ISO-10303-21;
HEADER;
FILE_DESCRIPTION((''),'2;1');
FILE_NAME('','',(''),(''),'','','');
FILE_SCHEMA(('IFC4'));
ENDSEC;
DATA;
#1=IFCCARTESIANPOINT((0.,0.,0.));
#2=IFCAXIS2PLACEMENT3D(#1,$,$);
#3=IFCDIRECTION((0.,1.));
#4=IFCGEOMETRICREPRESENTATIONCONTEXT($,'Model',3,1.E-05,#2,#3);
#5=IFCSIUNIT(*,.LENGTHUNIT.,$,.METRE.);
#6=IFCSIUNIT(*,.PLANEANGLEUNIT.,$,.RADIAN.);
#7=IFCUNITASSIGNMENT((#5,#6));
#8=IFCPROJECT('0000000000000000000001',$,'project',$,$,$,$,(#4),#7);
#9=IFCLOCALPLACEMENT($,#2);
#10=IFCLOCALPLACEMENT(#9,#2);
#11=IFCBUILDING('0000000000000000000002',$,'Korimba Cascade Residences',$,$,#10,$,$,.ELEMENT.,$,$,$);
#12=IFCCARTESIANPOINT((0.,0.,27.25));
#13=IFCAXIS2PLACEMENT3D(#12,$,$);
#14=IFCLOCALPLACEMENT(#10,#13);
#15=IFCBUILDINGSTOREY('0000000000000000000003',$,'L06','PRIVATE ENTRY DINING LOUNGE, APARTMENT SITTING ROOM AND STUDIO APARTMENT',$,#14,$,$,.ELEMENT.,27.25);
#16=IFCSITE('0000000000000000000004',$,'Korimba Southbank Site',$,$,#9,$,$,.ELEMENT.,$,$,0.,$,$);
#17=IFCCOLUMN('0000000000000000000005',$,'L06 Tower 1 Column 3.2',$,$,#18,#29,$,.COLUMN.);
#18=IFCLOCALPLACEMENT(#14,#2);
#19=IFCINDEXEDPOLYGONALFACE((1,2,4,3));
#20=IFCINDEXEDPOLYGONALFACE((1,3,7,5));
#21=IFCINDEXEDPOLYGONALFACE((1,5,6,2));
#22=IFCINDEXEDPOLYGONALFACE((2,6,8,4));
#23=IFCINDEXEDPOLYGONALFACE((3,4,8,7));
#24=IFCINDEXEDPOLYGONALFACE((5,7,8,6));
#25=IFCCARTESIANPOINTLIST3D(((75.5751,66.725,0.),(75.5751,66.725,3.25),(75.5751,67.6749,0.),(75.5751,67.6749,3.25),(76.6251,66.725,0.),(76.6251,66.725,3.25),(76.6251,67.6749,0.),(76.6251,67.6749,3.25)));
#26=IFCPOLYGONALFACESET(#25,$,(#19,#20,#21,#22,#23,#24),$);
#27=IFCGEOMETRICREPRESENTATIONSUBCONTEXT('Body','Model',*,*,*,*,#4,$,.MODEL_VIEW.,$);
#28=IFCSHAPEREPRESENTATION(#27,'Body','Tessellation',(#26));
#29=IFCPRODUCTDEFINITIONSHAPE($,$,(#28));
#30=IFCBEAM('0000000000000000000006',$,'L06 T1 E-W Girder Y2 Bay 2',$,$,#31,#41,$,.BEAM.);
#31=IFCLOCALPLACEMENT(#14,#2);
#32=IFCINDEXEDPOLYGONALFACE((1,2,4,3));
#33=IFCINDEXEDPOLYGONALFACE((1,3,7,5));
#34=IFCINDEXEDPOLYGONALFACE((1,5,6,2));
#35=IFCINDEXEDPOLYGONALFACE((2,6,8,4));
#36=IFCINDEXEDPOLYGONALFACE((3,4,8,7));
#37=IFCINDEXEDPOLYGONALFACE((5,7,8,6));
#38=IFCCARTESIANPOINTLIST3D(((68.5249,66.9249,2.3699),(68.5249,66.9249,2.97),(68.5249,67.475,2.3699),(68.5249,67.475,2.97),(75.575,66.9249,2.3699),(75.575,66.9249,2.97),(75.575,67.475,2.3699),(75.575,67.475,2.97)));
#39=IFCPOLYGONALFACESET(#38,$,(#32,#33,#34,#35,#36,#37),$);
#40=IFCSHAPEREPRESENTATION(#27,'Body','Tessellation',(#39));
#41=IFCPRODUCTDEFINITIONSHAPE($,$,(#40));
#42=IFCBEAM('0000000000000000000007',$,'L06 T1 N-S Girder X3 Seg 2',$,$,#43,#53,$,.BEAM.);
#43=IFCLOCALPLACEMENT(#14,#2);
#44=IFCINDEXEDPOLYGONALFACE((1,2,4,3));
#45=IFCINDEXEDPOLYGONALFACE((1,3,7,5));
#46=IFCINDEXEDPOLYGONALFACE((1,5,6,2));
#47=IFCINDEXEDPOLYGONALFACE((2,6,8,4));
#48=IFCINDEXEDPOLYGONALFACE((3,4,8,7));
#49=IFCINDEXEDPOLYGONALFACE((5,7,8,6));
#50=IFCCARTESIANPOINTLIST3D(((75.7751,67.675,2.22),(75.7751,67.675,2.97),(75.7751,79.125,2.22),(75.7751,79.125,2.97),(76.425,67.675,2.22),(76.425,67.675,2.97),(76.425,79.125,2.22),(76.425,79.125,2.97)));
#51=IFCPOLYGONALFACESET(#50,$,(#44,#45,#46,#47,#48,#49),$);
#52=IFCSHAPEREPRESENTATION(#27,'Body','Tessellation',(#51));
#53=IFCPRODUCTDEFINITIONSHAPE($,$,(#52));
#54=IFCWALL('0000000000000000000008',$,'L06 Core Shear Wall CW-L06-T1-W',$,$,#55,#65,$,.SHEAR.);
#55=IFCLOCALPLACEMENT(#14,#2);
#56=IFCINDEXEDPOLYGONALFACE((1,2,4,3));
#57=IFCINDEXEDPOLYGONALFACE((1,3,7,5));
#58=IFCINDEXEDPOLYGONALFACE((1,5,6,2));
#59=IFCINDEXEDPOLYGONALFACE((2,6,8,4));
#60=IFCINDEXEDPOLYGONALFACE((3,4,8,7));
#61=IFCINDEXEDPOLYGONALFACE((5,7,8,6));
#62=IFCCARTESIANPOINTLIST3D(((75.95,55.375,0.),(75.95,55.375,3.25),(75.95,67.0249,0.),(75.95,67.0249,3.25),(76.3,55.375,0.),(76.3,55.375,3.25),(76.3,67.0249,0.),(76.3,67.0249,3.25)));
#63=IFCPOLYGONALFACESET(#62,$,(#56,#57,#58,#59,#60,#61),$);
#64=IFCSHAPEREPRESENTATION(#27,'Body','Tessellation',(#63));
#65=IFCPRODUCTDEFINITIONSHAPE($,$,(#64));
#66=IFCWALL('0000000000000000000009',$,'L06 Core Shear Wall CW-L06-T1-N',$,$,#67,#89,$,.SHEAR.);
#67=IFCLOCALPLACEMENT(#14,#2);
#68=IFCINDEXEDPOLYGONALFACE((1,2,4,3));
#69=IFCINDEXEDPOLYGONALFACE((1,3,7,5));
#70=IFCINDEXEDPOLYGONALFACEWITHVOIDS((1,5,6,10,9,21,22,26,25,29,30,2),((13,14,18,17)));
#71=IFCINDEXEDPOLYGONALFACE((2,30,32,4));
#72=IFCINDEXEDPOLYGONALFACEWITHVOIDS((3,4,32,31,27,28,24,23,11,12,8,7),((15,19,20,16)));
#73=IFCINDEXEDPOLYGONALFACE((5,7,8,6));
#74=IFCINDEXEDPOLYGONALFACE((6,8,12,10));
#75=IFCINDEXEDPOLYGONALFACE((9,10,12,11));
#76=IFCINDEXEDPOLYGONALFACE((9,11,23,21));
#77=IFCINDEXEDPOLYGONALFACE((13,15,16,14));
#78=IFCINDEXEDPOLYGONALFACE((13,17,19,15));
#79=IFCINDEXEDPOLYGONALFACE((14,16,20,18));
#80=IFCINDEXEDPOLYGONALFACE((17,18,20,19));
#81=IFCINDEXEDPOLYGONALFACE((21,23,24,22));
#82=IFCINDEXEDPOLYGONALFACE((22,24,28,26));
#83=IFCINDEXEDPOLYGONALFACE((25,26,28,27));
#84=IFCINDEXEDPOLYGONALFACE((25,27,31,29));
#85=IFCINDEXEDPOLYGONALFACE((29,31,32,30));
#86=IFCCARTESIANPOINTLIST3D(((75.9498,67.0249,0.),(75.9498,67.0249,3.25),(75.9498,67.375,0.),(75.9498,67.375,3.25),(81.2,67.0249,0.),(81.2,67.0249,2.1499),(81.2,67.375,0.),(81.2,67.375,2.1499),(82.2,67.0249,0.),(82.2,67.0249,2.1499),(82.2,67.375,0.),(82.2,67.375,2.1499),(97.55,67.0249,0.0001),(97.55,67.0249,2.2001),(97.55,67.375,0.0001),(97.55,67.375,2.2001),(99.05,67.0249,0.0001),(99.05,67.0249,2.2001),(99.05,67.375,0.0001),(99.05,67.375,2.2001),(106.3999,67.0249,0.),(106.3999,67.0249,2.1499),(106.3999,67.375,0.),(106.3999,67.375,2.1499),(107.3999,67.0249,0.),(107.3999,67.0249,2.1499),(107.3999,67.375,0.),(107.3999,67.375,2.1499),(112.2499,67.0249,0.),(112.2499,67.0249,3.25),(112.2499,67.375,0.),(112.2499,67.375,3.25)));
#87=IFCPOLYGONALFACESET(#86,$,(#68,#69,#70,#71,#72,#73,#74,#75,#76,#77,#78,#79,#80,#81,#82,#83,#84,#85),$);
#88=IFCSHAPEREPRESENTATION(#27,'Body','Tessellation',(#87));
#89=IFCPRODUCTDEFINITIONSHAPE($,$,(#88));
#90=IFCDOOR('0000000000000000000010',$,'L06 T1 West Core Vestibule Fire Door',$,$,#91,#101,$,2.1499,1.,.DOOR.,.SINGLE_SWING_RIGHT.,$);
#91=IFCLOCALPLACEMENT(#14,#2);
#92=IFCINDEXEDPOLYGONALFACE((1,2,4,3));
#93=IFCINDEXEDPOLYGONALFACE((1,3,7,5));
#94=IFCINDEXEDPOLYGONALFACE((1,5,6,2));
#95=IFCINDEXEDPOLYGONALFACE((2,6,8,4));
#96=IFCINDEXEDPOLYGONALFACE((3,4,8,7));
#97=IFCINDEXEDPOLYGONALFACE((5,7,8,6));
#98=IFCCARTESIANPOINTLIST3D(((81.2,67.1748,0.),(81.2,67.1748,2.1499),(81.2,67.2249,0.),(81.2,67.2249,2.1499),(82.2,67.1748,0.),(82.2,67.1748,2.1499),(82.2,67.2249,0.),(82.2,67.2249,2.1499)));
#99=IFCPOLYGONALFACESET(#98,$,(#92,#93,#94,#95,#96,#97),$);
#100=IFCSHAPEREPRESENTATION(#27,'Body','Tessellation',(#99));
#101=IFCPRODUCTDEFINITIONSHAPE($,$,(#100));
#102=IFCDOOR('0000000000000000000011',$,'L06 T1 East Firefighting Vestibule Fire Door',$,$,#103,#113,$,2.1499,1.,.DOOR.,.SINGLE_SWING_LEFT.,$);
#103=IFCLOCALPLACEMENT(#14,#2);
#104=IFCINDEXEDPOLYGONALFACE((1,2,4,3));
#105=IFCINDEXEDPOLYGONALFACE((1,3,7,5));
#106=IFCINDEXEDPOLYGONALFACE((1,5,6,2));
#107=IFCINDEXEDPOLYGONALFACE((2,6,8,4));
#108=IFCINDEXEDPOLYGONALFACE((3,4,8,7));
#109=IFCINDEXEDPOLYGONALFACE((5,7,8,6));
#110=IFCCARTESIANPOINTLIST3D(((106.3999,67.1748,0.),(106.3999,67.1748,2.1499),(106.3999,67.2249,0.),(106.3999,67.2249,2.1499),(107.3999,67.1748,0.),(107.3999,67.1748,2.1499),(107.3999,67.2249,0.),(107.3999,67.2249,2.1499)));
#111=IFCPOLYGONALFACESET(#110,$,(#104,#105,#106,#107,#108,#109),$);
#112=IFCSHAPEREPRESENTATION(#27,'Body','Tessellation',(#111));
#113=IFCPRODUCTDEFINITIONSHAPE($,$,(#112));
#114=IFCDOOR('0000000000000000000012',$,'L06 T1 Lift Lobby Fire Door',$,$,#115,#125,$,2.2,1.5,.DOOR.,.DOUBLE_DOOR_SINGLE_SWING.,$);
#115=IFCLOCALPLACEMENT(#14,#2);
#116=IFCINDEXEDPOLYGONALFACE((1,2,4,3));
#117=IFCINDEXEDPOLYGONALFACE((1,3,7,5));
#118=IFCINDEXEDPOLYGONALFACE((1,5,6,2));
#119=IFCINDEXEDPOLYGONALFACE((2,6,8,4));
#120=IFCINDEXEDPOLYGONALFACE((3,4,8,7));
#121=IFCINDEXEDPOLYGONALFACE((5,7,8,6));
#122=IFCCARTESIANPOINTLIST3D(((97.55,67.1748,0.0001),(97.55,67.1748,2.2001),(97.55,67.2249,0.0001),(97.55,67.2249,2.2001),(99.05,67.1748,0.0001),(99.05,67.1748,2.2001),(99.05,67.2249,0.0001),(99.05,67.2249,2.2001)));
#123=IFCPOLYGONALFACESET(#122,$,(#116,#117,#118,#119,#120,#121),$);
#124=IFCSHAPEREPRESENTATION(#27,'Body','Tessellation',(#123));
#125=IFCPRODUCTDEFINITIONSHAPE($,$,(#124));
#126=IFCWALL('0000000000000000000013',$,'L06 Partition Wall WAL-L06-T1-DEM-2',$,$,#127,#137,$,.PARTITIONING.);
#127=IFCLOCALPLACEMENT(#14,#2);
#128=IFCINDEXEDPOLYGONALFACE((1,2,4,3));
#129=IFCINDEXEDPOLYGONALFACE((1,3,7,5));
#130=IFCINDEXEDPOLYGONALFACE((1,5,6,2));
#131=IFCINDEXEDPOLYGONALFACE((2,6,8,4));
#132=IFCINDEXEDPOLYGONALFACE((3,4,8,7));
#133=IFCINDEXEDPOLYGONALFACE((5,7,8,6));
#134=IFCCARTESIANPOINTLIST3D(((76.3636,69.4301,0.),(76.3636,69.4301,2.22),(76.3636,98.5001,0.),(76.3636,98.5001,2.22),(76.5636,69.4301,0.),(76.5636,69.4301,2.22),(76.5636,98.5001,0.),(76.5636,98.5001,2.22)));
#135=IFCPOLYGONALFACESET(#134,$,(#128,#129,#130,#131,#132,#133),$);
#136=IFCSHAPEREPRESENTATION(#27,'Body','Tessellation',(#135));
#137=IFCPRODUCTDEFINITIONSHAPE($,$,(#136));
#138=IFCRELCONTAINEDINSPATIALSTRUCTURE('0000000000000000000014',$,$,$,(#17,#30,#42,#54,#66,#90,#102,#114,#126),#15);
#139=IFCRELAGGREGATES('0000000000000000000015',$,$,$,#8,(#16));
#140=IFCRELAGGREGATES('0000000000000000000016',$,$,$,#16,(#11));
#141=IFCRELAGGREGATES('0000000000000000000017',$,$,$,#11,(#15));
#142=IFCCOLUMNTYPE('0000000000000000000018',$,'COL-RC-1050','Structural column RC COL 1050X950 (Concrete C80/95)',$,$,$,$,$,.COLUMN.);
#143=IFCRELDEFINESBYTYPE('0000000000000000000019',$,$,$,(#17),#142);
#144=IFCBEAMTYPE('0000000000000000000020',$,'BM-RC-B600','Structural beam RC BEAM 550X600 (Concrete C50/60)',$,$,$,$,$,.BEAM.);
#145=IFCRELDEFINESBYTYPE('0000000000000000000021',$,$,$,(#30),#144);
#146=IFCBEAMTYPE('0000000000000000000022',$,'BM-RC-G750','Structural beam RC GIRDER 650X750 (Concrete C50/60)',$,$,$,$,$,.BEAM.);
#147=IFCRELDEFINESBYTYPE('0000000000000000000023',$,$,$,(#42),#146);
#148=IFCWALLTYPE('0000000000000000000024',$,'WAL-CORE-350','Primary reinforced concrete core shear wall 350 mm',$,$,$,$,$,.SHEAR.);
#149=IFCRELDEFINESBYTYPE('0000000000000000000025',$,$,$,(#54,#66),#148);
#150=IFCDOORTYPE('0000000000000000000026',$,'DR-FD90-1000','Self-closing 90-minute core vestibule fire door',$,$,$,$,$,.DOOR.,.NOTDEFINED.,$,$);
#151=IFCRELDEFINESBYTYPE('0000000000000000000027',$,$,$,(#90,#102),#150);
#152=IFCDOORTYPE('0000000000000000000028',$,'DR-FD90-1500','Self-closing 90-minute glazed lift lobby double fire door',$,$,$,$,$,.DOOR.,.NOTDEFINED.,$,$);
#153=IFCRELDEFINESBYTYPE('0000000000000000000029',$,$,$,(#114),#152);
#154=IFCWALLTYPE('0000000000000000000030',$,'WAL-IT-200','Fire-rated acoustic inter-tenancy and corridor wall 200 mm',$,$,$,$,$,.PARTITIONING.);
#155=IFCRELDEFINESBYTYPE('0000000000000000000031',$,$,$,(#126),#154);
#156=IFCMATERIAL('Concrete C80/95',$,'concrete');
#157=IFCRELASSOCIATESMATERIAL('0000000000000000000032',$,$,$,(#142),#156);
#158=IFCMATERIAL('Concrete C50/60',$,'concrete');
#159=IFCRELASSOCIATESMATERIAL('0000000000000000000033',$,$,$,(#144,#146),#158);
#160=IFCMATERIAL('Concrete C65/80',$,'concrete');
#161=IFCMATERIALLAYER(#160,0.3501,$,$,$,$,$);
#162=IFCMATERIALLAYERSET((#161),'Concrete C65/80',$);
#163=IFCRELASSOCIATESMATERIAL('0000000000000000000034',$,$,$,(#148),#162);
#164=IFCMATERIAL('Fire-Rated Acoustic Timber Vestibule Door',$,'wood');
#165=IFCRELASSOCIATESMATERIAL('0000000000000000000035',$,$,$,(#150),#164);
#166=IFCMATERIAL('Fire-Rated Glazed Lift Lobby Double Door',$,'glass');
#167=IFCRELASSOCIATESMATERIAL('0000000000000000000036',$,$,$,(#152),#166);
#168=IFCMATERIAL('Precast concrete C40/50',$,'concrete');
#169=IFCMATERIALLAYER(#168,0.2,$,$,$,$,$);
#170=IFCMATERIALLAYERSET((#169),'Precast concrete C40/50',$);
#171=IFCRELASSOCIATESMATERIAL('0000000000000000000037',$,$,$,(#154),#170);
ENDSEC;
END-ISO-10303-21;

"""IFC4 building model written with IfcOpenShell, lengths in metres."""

from ifc_helpers import new_model, si_unit, direction, frame, frame_2d, origin, origin_2d, place, context, subcontext, project, spatial, rectangle, extrude, material, layer, layer_set, material_profile, profile_set, type_object, element, fill, save


model = new_model("IFC4")

# Units and contexts
model_context = context("Model", 3, precision=1e-05, world=origin(), true_north=direction((0.0, 1.0)))
body_context = subcontext(model_context, "Body", "Model", "MODEL_VIEW")
ifc_project = project(units=[si_unit("LENGTHUNIT", "METRE"), si_unit("PLANEANGLEUNIT", "RADIAN")], contexts=[model_context])

# Site, building, storey
site_placement = place(None, origin())
site = spatial("IfcSite", under=ifc_project, at=site_placement, Name="Korimba Southbank Site", CompositionType="ELEMENT", RefElevation=0.0)
building_placement = place(site_placement, origin())
building = spatial("IfcBuilding", under=site, at=building_placement, Name="Korimba Cascade Residences", CompositionType="ELEMENT")
storey_placement = place(building_placement, frame((0.0, 0.0, 27.25)))
storey = spatial("IfcBuildingStorey", under=building, at=storey_placement, Name="L06", Description="PRIVATE ENTRY DINING LOUNGE, APARTMENT SITTING ROOM AND STUDIO APARTMENT", CompositionType="ELEMENT", Elevation=27.25)

# Column
ifc_material_1 = material(Name="Concrete C80/95", Category="concrete")
ifc_material_profile_1 = material_profile(ifc_material_1, rectangle(XDim=1.05, YDim=0.95, at=origin_2d()), Name="Concrete C80/95")
ifc_profile_set_1 = profile_set([ifc_material_profile_1], Name="Concrete C80/95")
column_type = type_object("IfcColumnType", Name="COL-RC-1050", Description="Structural column RC COL 1050X950 (Concrete C80/95)", PredefinedType="COLUMN", material=ifc_profile_set_1)
column_placement = place(storey_placement, frame((76.1001, 67.2, 0.0), z_axis=(0.0, 0.0, 1.0), x_axis=(1.0, 0.0, 0.0)))
element("IfcColumn", 1, at=column_placement, inside=storey, type_object=column_type, Name="L06 Tower 1 Column 3.2", PredefinedType="COLUMN", context=body_context, shape_type="SweptSolid", body=[
    extrude(rectangle(XDim=1.05, YDim=0.95, at=origin_2d()), origin(), (0.0, 0.0, 1.0), 3.25),
])

# Beams
ifc_material_2 = material(Name="Concrete C50/60", Category="concrete")
ifc_material_profile_2 = material_profile(ifc_material_2, rectangle(XDim=0.55, YDim=0.6001, at=origin_2d()), Name="Concrete C50/60")
ifc_profile_set_2 = profile_set([ifc_material_profile_2], Name="Concrete C50/60")
beam_type_1 = type_object("IfcBeamType", Name="BM-RC-B600", Description="Structural beam RC BEAM 550X600 (Concrete C50/60)", PredefinedType="BEAM", material=ifc_profile_set_2)
beam_1_placement = place(storey_placement, frame((68.5249, 67.2, 2.6699), z_axis=(1.0, 0.0, 0.0), x_axis=(0.0, 1.0, 0.0)))
element("IfcBeam", 2, at=beam_1_placement, inside=storey, type_object=beam_type_1, Name="L06 T1 E-W Girder Y2 Bay 2", PredefinedType="BEAM", context=body_context, shape_type="SweptSolid", body=[
    extrude(rectangle(XDim=0.55, YDim=0.6001, at=origin_2d()), origin(), (0.0, 0.0, 1.0), 7.05),
])
ifc_material_profile_3 = material_profile(ifc_material_2, rectangle(XDim=0.6499, YDim=0.75, at=origin_2d()), Name="Concrete C50/60")
ifc_profile_set_3 = profile_set([ifc_material_profile_3], Name="Concrete C50/60")
beam_type_2 = type_object("IfcBeamType", Name="BM-RC-G750", Description="Structural beam RC GIRDER 650X750 (Concrete C50/60)", PredefinedType="BEAM", material=ifc_profile_set_3)
beam_2_placement = place(storey_placement, frame((76.1001, 67.675, 2.595), z_axis=(0.0, 1.0, 0.0), x_axis=(-1.0, 0.0, 0.0)))
element("IfcBeam", 3, at=beam_2_placement, inside=storey, type_object=beam_type_2, Name="L06 T1 N-S Girder X3 Seg 2", PredefinedType="BEAM", context=body_context, shape_type="SweptSolid", body=[
    extrude(rectangle(XDim=0.6499, YDim=0.75, at=origin_2d()), origin(), (0.0, 0.0, 1.0), 11.45),
])

# Wall
ifc_material_3 = material(Name="Concrete C65/80", Category="concrete")
ifc_layer_1 = layer(ifc_material_3, 0.3501)
ifc_layer_set_1 = layer_set([ifc_layer_1], Name="Concrete C65/80")
wall_type_1 = type_object("IfcWallType", Name="WAL-CORE-350", Description="Primary reinforced concrete core shear wall 350 mm", PredefinedType="SHEAR", material=ifc_layer_set_1)
wall_1_placement = place(storey_placement, frame((76.125, 55.375, 0.0), z_axis=(0.0, 0.0, 1.0), x_axis=(0.0, 1.0, 0.0)))
element("IfcWall", 4, at=wall_1_placement, inside=storey, type_object=wall_type_1, Name="L06 Core Shear Wall CW-L06-T1-W", PredefinedType="SHEAR", context=body_context, shape_type="SweptSolid", body=[
    extrude(rectangle(XDim=11.6499, YDim=0.3501, at=frame_2d((5.825, 0.0))), origin(), (0.0, 0.0, 1.0), 3.25),
])

# Wall, openings, doors
wall_2_placement = place(storey_placement, frame((75.95, 67.2, 0.0), z_axis=(0.0, 0.0, 1.0), x_axis=(1.0, 0.0, 0.0)))
wall_2 = element("IfcWall", 5, at=wall_2_placement, inside=storey, type_object=wall_type_1, Name="L06 Core Shear Wall CW-L06-T1-N", PredefinedType="SHEAR", context=body_context, shape_type="SweptSolid", body=[
    extrude(rectangle(XDim=36.3, YDim=0.3501, at=frame_2d((18.1499, 0.0))), origin(), (0.0, 0.0, 1.0), 3.25),
])
opening_1_placement = place(wall_2_placement, frame((5.25, 0.0, 0.0)))
opening_1 = element("IfcOpeningElement", 6, at=opening_1_placement, cuts=wall_2, PredefinedType="OPENING", context=body_context, shape_type="SweptSolid", body=[
    extrude(rectangle(XDim=1.0, YDim=2.1499, at=frame_2d((0.5, 1.075))), frame((0.0, 0.1851, 0.0), z_axis=(0.0, -1.0, 0.0), x_axis=(1.0, 0.0, 0.0)), (0.0, 0.0, 1.0), 0.3701),
])
opening_2_placement = place(wall_2_placement, frame((21.6001, 0.0, 0.0)))
opening_2 = element("IfcOpeningElement", 7, at=opening_2_placement, cuts=wall_2, PredefinedType="OPENING", context=body_context, shape_type="SweptSolid", body=[
    extrude(rectangle(XDim=1.5, YDim=2.2, at=frame_2d((0.75, 1.1001))), frame((0.0, 0.1851, 0.0), z_axis=(0.0, -1.0, 0.0), x_axis=(1.0, 0.0, 0.0)), (0.0, 0.0, 1.0), 0.3701),
])
opening_3_placement = place(wall_2_placement, frame((30.45, 0.0, 0.0)))
opening_3 = element("IfcOpeningElement", 8, at=opening_3_placement, cuts=wall_2, PredefinedType="OPENING", context=body_context, shape_type="SweptSolid", body=[
    extrude(rectangle(XDim=1.0, YDim=2.1499, at=frame_2d((0.5, 1.075))), frame((0.0, 0.1851, 0.0), z_axis=(0.0, -1.0, 0.0), x_axis=(1.0, 0.0, 0.0)), (0.0, 0.0, 1.0), 0.3701),
])
ifc_material_4 = material(Name="Fire-Rated Acoustic Timber Vestibule Door", Category="wood")
door_type_1 = type_object("IfcDoorType", Name="DR-FD90-1000", Description="Self-closing 90-minute core vestibule fire door", OperationType="NOTDEFINED", PredefinedType="DOOR", material=ifc_material_4)
door_1_placement = place(opening_1_placement, origin())
door_1 = element("IfcDoor", 9, at=door_1_placement, inside=storey, type_object=door_type_1, Name="L06 T1 West Core Vestibule Fire Door", OperationType="SINGLE_SWING_RIGHT", OverallHeight=2.1499, OverallWidth=1.0, PredefinedType="DOOR", context=body_context, shape_type="SweptSolid", body=[
    extrude(rectangle(XDim=1.0, YDim=2.1499, at=frame_2d((0.5, 1.075))), frame((0.0, 0.0249, 0.0), z_axis=(0.0, -1.0, 0.0), x_axis=(1.0, 0.0, 0.0)), (0.0, 0.0, 1.0), 0.05),
])
fill(opening_1, door_1)
door_2_placement = place(opening_3_placement, origin())
door_2 = element("IfcDoor", 10, at=door_2_placement, inside=storey, type_object=door_type_1, Name="L06 T1 East Firefighting Vestibule Fire Door", OperationType="SINGLE_SWING_LEFT", OverallHeight=2.1499, OverallWidth=1.0, PredefinedType="DOOR", context=body_context, shape_type="SweptSolid", body=[
    extrude(rectangle(XDim=1.0, YDim=2.1499, at=frame_2d((0.5, 1.075))), frame((0.0, 0.0249, 0.0), z_axis=(0.0, -1.0, 0.0), x_axis=(1.0, 0.0, 0.0)), (0.0, 0.0, 1.0), 0.05),
])
fill(opening_3, door_2)
ifc_material_5 = material(Name="Fire-Rated Glazed Lift Lobby Double Door", Category="glass")
door_type_2 = type_object("IfcDoorType", Name="DR-FD90-1500", Description="Self-closing 90-minute glazed lift lobby double fire door", OperationType="NOTDEFINED", PredefinedType="DOOR", material=ifc_material_5)
door_3_placement = place(opening_2_placement, origin())
door_3 = element("IfcDoor", 11, at=door_3_placement, inside=storey, type_object=door_type_2, Name="L06 T1 Lift Lobby Fire Door", OperationType="DOUBLE_DOOR_SINGLE_SWING", OverallHeight=2.2, OverallWidth=1.5, PredefinedType="DOOR", context=body_context, shape_type="SweptSolid", body=[
    extrude(rectangle(XDim=1.5, YDim=2.2, at=frame_2d((0.75, 1.1001))), frame((0.0, 0.0249, 0.0), z_axis=(0.0, -1.0, 0.0), x_axis=(1.0, 0.0, 0.0)), (0.0, 0.0, 1.0), 0.05),
])
fill(opening_2, door_3)

# Wall
ifc_material_6 = material(Name="Precast concrete C40/50", Category="concrete")
ifc_layer_2 = layer(ifc_material_6, 0.2)
ifc_layer_set_2 = layer_set([ifc_layer_2], Name="Precast concrete C40/50")
wall_type_2 = type_object("IfcWallType", Name="WAL-IT-200", Description="Fire-rated acoustic inter-tenancy and corridor wall 200 mm", PredefinedType="PARTITIONING", material=ifc_layer_set_2)
wall_3_placement = place(storey_placement, frame((76.4636, 69.4299, 0.0), z_axis=(0.0, 0.0, 1.0), x_axis=(0.0, 1.0, 0.0)))
element("IfcWall", 12, at=wall_3_placement, inside=storey, type_object=wall_type_2, Name="L06 Partition Wall WAL-L06-T1-DEM-2", PredefinedType="PARTITIONING", context=body_context, shape_type="SweptSolid", body=[
    extrude(rectangle(XDim=29.0701, YDim=0.2, at=frame_2d((14.5352, 0.0))), origin(), (0.0, 0.0, 1.0), 2.22),
])

save(model, "model.ifc")
